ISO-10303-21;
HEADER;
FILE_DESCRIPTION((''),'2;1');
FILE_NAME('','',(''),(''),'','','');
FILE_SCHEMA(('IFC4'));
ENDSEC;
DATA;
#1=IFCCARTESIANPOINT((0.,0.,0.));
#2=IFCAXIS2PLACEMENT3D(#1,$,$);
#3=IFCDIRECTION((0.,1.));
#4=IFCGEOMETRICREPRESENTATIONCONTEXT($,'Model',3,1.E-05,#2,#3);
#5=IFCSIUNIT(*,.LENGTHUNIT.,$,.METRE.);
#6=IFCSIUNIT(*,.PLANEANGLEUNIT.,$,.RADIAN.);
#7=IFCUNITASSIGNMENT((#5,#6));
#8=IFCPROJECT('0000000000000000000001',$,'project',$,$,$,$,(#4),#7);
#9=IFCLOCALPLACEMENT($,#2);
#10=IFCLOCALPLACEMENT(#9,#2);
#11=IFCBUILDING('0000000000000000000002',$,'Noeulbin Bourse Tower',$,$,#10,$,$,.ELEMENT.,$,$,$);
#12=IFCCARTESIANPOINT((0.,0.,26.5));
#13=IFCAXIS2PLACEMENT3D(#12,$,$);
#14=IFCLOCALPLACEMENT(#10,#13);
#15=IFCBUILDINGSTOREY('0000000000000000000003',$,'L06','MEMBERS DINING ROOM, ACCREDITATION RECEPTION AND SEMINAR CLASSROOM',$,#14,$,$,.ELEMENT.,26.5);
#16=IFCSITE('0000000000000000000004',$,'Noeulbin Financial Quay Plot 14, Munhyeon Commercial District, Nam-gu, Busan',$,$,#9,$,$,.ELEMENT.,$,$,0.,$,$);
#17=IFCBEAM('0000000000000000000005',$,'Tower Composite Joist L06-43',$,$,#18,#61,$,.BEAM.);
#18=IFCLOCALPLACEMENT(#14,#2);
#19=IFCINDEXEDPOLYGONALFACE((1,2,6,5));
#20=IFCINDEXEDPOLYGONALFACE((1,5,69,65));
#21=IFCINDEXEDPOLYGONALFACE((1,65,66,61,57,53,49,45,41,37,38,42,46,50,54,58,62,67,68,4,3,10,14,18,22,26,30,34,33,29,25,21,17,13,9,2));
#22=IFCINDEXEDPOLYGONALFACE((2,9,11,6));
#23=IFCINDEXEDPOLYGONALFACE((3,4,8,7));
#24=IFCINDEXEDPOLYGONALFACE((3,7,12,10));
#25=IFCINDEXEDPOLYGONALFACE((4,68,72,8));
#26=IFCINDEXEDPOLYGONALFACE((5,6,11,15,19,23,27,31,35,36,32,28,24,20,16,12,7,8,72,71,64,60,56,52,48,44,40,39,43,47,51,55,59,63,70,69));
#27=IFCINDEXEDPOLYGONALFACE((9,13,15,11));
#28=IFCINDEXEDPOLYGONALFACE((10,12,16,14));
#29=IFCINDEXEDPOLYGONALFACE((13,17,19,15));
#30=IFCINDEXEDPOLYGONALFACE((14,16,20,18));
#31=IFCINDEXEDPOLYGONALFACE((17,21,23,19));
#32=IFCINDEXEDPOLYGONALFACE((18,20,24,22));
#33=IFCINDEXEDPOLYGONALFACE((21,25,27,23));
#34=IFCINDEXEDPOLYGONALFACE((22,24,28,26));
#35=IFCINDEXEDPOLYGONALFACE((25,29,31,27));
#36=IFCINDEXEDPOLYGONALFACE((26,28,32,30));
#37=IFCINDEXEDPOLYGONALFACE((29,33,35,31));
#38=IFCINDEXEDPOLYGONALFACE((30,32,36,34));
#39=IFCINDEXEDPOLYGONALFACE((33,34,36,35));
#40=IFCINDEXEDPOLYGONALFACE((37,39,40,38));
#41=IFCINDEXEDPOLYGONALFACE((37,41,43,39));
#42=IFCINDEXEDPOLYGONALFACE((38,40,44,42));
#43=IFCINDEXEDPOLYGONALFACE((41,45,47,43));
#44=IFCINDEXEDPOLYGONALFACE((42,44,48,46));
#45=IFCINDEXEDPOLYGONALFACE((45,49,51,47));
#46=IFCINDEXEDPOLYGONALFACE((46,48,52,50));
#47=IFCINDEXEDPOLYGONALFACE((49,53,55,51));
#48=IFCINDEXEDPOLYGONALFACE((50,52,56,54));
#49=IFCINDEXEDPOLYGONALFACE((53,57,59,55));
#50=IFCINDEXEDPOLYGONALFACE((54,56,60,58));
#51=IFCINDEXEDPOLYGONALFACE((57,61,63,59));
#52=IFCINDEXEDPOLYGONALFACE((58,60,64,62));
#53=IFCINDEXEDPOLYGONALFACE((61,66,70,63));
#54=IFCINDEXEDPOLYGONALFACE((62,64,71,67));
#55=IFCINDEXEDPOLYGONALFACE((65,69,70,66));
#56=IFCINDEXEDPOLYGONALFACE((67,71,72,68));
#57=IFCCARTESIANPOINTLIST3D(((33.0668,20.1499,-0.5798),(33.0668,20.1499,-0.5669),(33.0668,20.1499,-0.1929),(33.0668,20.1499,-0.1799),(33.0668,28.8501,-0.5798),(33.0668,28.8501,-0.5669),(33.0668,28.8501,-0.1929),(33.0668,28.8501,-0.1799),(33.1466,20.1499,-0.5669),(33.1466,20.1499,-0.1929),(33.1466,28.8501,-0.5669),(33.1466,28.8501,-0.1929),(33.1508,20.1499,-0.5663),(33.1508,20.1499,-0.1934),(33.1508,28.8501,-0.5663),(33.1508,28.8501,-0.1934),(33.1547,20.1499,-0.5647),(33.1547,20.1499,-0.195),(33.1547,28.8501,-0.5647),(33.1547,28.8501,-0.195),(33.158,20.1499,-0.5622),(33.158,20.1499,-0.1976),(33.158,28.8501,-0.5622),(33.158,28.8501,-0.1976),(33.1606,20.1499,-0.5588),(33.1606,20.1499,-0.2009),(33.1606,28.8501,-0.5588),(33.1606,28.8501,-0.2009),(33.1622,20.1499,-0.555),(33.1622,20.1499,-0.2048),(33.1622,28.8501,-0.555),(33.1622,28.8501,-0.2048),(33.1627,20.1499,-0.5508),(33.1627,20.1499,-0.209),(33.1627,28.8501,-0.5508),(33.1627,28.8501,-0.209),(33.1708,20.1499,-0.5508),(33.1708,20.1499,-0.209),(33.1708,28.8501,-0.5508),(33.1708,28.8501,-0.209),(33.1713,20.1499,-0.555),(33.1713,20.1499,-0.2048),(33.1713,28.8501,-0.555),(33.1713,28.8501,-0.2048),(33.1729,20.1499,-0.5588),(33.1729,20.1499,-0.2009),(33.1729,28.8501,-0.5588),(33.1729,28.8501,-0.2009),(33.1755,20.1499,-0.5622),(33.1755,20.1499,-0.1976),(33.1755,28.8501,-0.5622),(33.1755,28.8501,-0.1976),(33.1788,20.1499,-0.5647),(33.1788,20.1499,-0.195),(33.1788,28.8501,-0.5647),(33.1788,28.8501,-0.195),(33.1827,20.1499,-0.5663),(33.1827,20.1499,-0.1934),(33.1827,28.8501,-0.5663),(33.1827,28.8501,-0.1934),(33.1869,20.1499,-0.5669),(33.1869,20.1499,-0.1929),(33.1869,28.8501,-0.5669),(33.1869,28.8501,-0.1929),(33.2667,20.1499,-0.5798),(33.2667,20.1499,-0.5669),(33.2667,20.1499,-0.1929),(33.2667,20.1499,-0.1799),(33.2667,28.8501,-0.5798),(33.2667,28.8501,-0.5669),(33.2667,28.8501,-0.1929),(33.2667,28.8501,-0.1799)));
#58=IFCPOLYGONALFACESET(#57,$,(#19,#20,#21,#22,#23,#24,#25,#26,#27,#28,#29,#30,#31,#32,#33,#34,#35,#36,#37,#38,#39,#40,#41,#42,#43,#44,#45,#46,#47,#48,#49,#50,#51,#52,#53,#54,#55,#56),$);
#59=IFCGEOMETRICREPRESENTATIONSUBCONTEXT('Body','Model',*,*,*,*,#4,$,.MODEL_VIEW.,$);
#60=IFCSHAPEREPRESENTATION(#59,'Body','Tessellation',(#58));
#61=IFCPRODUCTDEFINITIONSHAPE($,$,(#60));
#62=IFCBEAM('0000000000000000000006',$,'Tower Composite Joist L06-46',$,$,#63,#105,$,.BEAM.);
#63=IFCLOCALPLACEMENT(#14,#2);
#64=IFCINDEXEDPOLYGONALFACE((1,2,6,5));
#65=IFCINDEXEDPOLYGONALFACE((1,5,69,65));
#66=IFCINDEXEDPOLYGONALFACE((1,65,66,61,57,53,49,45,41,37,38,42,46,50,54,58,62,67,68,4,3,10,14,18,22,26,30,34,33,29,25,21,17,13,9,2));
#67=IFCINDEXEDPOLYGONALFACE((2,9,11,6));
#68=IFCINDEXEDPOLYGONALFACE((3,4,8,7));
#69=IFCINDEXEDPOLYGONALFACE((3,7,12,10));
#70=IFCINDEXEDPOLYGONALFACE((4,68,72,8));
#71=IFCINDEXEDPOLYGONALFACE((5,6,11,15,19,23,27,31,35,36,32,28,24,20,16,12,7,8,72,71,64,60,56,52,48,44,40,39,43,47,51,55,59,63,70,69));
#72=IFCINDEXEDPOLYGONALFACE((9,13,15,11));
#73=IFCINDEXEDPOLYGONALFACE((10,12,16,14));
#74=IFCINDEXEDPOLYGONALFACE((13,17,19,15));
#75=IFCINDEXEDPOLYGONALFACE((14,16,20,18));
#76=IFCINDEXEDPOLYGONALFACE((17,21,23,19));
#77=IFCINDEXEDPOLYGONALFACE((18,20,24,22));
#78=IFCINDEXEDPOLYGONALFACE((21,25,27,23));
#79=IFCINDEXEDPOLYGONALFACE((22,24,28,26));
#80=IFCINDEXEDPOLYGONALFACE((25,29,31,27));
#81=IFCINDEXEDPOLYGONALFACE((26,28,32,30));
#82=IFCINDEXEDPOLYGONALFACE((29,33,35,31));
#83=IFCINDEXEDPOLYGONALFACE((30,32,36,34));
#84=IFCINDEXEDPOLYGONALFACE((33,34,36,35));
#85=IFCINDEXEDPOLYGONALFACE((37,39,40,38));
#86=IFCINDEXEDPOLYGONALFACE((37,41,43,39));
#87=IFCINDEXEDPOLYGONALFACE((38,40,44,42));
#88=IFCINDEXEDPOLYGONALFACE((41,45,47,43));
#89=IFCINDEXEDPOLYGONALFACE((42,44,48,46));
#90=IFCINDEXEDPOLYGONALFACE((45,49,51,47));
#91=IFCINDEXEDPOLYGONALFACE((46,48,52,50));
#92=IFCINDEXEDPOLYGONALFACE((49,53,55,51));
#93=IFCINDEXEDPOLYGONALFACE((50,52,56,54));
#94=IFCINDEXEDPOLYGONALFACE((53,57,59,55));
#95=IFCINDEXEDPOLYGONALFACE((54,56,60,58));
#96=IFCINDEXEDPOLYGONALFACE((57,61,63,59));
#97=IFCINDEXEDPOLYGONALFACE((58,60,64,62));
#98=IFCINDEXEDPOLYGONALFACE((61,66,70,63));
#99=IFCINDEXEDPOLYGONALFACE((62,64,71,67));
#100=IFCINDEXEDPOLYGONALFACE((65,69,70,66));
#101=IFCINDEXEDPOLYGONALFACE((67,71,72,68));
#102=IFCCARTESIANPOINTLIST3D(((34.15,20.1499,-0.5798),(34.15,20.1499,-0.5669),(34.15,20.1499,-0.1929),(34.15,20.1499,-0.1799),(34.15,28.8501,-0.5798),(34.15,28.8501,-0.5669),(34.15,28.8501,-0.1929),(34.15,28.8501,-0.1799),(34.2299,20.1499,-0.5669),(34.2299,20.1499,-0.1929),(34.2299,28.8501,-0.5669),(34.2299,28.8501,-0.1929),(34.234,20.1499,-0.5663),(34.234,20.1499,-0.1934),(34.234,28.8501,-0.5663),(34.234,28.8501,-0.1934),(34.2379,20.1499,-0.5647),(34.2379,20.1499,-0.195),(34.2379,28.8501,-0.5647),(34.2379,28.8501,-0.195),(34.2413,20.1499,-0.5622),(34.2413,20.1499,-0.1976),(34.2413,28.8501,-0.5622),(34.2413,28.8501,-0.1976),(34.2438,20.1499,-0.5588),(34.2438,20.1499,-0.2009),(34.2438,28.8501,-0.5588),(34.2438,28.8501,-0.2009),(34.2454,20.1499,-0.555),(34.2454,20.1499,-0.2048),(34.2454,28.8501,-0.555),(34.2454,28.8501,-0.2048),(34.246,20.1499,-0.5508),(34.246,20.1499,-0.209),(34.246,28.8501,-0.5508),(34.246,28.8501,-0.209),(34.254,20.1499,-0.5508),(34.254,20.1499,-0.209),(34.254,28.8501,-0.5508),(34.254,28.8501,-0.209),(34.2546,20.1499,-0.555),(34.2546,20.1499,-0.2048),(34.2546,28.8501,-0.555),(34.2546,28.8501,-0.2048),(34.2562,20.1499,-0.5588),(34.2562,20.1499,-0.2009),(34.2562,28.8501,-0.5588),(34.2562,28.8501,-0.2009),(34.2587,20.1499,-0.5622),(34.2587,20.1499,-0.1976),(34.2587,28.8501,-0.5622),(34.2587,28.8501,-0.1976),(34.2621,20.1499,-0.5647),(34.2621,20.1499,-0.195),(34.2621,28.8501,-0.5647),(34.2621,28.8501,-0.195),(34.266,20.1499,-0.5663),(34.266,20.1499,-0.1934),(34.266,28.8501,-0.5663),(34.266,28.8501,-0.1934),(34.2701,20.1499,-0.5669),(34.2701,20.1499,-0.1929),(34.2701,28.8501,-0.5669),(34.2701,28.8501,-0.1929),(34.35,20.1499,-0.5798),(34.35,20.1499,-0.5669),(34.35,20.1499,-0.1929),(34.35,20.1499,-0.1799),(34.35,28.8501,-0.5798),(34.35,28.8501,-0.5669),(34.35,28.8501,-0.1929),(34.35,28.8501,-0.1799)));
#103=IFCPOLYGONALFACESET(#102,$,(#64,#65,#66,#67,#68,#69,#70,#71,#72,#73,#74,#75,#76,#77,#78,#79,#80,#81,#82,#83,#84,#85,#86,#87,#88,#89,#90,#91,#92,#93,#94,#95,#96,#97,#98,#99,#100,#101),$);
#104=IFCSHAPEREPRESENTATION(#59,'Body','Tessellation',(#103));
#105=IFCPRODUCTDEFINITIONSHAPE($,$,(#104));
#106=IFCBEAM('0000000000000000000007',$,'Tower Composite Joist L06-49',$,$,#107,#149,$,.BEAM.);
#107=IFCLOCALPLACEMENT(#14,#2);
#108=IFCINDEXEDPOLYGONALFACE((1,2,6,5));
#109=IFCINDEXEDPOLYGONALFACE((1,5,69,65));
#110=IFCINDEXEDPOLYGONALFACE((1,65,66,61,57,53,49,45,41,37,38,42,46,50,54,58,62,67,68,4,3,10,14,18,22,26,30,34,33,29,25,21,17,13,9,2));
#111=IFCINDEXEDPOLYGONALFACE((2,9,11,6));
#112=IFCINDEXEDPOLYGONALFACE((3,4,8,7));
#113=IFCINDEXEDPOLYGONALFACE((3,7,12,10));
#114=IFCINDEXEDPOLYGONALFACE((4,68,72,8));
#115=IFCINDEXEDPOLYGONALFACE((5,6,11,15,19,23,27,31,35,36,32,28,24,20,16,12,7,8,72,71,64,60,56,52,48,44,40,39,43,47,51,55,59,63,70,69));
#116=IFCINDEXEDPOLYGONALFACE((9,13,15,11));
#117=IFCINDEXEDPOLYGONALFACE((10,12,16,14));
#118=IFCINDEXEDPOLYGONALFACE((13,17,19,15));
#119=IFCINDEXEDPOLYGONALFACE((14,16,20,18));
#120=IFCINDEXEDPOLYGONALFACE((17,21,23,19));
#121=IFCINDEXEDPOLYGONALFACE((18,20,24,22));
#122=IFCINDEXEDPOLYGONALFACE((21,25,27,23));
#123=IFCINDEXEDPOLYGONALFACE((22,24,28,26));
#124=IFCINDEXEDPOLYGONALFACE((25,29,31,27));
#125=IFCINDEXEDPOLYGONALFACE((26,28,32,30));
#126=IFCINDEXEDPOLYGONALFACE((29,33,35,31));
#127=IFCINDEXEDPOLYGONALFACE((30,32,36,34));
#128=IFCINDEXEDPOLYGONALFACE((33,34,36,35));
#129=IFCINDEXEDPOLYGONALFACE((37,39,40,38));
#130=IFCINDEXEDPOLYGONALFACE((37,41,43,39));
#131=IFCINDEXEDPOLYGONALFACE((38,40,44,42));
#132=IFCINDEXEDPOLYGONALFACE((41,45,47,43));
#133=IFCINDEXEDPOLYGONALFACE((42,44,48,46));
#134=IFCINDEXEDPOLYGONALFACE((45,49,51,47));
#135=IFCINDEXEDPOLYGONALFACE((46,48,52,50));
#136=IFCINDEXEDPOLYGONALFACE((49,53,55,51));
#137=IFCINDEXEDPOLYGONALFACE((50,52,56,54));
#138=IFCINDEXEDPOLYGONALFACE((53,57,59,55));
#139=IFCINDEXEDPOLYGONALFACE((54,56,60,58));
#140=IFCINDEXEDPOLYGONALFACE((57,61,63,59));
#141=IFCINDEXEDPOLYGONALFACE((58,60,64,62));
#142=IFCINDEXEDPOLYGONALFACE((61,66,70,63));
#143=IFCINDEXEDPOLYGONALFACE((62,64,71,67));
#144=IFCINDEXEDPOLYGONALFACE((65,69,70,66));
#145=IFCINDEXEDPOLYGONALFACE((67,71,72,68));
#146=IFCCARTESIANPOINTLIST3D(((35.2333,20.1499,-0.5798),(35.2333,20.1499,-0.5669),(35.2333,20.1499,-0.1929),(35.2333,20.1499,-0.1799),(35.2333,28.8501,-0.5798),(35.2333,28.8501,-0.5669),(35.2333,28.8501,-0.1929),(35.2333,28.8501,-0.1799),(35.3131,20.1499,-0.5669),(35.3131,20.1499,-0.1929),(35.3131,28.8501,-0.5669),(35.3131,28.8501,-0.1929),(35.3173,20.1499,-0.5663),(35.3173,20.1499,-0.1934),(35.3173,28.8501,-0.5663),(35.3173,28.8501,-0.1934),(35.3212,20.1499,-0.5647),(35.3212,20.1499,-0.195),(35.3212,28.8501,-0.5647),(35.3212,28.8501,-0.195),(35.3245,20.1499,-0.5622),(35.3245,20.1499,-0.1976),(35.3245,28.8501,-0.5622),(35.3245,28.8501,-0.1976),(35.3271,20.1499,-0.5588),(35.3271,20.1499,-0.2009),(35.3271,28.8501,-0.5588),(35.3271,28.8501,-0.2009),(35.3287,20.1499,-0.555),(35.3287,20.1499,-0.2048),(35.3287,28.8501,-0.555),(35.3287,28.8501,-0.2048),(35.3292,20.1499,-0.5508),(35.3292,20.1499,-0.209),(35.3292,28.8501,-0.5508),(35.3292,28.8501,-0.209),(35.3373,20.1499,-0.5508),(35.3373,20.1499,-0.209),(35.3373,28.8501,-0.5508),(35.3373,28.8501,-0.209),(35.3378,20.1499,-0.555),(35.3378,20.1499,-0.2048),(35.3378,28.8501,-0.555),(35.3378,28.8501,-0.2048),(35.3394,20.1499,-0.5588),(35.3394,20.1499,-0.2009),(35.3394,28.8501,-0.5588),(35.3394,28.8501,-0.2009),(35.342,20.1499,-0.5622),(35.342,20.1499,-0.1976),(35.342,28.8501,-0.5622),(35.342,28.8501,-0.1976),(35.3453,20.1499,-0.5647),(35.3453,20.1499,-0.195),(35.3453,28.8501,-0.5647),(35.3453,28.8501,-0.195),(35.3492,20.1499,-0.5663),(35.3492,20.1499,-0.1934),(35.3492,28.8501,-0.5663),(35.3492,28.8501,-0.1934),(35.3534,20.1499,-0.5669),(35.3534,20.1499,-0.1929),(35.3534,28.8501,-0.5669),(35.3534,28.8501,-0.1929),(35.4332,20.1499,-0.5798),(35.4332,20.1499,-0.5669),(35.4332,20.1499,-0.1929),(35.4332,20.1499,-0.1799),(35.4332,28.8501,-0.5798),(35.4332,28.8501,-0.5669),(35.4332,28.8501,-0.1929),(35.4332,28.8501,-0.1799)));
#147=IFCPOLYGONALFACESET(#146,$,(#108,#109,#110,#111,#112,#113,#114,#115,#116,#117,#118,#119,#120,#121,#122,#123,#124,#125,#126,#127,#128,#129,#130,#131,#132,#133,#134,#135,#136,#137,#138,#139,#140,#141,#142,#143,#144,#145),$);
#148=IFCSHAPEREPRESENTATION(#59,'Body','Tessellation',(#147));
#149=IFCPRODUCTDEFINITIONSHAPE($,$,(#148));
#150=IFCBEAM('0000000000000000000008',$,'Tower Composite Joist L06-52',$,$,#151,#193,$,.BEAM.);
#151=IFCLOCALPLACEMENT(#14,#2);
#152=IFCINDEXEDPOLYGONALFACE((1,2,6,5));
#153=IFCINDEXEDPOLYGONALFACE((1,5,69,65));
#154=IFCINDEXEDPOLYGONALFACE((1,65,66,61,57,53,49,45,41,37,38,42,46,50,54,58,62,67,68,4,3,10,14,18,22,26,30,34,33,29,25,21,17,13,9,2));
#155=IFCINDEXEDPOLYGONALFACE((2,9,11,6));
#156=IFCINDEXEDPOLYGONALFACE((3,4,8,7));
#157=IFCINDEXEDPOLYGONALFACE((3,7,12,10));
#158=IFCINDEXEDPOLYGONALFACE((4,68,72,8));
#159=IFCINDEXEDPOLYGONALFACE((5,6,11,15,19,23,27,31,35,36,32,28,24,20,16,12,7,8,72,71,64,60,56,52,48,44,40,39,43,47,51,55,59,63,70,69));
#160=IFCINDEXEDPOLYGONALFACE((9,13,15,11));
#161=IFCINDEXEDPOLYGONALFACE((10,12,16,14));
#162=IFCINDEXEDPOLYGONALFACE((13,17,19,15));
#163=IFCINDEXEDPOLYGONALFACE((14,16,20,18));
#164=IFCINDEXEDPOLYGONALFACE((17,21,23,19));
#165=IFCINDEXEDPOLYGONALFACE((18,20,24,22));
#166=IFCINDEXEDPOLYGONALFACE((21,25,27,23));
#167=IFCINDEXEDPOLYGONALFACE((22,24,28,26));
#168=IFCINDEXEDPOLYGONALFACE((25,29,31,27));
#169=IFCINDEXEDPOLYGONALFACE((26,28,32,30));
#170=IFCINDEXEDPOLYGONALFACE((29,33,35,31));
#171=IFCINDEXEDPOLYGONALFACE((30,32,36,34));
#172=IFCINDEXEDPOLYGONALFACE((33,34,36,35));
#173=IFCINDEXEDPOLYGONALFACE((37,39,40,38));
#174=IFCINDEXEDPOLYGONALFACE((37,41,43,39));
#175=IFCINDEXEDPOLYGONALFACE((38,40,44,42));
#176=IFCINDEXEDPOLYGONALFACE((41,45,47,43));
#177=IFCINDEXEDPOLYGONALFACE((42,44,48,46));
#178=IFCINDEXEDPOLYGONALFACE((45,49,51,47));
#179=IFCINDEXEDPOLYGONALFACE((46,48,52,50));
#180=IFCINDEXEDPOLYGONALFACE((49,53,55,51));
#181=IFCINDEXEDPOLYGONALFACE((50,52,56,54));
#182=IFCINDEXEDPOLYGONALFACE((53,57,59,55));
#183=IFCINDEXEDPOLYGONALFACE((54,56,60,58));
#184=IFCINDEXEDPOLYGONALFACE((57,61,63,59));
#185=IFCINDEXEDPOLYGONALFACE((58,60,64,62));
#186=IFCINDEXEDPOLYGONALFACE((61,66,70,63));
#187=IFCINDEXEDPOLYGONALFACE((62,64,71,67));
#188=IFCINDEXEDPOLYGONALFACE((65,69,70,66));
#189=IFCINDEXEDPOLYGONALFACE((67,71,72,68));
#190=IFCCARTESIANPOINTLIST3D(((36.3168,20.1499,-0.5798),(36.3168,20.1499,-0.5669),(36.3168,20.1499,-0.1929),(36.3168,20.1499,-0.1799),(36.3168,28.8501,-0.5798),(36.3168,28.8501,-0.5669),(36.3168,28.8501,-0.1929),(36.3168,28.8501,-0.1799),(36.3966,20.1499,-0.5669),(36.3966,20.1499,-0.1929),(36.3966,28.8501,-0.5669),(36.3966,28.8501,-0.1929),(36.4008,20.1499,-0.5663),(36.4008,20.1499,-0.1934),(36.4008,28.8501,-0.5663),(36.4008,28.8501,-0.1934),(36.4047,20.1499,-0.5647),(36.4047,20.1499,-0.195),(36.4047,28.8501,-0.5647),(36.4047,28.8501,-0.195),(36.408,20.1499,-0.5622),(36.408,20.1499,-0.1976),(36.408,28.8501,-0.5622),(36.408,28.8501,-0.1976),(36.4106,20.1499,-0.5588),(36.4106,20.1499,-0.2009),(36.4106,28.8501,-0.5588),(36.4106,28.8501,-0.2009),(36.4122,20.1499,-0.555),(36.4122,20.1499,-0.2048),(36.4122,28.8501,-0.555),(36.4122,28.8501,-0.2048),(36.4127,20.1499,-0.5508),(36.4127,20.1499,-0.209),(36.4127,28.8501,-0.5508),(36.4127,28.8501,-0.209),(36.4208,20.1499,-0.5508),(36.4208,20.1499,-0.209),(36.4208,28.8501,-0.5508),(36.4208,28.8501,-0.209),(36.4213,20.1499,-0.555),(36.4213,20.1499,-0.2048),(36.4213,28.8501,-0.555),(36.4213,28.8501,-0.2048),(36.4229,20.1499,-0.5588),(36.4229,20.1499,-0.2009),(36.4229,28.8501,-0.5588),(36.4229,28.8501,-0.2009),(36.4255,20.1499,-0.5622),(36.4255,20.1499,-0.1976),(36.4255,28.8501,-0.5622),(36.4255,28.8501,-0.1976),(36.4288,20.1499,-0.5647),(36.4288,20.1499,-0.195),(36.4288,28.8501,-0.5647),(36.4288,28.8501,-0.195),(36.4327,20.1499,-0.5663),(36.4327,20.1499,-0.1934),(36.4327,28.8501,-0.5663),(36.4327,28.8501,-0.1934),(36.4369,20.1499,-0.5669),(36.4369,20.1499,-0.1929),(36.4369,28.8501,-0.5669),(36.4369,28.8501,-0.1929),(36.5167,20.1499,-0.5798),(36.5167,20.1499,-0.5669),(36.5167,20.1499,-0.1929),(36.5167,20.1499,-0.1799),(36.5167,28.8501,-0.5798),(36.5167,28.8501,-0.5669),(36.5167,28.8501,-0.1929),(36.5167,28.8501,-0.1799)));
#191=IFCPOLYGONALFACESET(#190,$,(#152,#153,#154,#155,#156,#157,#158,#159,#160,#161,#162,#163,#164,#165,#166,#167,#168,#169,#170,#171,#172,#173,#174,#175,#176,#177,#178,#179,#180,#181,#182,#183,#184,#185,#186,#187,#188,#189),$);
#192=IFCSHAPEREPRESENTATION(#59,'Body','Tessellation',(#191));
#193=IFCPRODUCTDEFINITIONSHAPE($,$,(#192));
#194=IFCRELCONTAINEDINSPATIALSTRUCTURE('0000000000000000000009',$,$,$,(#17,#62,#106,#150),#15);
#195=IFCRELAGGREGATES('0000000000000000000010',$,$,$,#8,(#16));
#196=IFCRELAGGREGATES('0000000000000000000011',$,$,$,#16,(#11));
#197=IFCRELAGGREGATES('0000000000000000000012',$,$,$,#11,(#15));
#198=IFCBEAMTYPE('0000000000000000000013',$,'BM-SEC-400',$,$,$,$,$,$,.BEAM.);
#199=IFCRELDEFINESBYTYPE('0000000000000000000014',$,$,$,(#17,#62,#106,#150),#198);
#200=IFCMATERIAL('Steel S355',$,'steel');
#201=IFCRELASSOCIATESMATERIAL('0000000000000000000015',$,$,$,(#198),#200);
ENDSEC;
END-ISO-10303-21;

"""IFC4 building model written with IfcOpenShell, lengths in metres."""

from ifc_helpers import new_model, si_unit, direction, frame, origin, origin_2d, place, context, subcontext, project, spatial, i_section, extrude, material, material_profile, profile_set, type_object, element, save


model = new_model("IFC4")

# Units and contexts
model_context = context("Model", 3, precision=1e-05, world=origin(), true_north=direction((0.0, 1.0)))
body_context = subcontext(model_context, "Body", "Model", "MODEL_VIEW")
ifc_project = project(units=[si_unit("LENGTHUNIT", "METRE"), si_unit("PLANEANGLEUNIT", "RADIAN")], contexts=[model_context])

# Site, building, storey
site_placement = place(None, origin())
site = spatial("IfcSite", under=ifc_project, at=site_placement, Name="Noeulbin Financial Quay Plot 14, Munhyeon Commercial District, Nam-gu, Busan", CompositionType="ELEMENT", RefElevation=0.0)
building_placement = place(site_placement, origin())
building = spatial("IfcBuilding", under=site, at=building_placement, Name="Noeulbin Bourse Tower", CompositionType="ELEMENT")
storey_placement = place(building_placement, frame((0.0, 0.0, 26.5)))
storey = spatial("IfcBuildingStorey", under=building, at=storey_placement, Name="L06", Description="MEMBERS DINING ROOM, ACCREDITATION RECEPTION AND SEMINAR CLASSROOM", CompositionType="ELEMENT", Elevation=26.5)

# Beams
ifc_material_1 = material(Name="Steel S355", Category="steel")
ifc_material_profile_1 = material_profile(ifc_material_1, i_section(OverallWidth=0.2, OverallDepth=0.3999, WebThickness=0.0081, FlangeThickness=0.0129, FilletRadius=0.0161, at=origin_2d()), Name="H-400x200x8x13", Category="LoadBearing")
ifc_profile_set_1 = profile_set([ifc_material_profile_1], Name="Steel S355")
beam_type_1 = type_object("IfcBeamType", Name="BM-SEC-400", PredefinedType="BEAM", material=ifc_profile_set_1)
for number, where, z_axis, x_axis, name in (
    (1, (33.1667, 20.1499, -0.3799), (0.0, 1.0, 0.0), (-1.0, 0.0, 0.0), "Tower Composite Joist L06-43"),
    (2, (34.25, 20.1499, -0.3799), (0.0, 1.0, 0.0), (-1.0, 0.0, 0.0), "Tower Composite Joist L06-46"),
    (3, (35.3333, 20.1499, -0.3799), (0.0, 1.0, 0.0), (-1.0, 0.0, 0.0), "Tower Composite Joist L06-49"),
    (4, (36.4167, 20.1499, -0.3799), (0.0, 1.0, 0.0), (-1.0, 0.0, 0.0), "Tower Composite Joist L06-52"),
):
    element("IfcBeam", number, at=place(storey_placement, frame(where, z_axis=z_axis, x_axis=x_axis)), inside=storey, type_object=beam_type_1, Name=name, PredefinedType="BEAM", context=body_context, shape_type="SweptSolid", body=[
        extrude(i_section(OverallWidth=0.2, OverallDepth=0.3999, WebThickness=0.0081, FlangeThickness=0.0129, FilletRadius=0.0161, at=origin_2d()), origin(), (0.0, 0.0, 1.0), 8.7002),
    ])

save(model, "model.ifc")
